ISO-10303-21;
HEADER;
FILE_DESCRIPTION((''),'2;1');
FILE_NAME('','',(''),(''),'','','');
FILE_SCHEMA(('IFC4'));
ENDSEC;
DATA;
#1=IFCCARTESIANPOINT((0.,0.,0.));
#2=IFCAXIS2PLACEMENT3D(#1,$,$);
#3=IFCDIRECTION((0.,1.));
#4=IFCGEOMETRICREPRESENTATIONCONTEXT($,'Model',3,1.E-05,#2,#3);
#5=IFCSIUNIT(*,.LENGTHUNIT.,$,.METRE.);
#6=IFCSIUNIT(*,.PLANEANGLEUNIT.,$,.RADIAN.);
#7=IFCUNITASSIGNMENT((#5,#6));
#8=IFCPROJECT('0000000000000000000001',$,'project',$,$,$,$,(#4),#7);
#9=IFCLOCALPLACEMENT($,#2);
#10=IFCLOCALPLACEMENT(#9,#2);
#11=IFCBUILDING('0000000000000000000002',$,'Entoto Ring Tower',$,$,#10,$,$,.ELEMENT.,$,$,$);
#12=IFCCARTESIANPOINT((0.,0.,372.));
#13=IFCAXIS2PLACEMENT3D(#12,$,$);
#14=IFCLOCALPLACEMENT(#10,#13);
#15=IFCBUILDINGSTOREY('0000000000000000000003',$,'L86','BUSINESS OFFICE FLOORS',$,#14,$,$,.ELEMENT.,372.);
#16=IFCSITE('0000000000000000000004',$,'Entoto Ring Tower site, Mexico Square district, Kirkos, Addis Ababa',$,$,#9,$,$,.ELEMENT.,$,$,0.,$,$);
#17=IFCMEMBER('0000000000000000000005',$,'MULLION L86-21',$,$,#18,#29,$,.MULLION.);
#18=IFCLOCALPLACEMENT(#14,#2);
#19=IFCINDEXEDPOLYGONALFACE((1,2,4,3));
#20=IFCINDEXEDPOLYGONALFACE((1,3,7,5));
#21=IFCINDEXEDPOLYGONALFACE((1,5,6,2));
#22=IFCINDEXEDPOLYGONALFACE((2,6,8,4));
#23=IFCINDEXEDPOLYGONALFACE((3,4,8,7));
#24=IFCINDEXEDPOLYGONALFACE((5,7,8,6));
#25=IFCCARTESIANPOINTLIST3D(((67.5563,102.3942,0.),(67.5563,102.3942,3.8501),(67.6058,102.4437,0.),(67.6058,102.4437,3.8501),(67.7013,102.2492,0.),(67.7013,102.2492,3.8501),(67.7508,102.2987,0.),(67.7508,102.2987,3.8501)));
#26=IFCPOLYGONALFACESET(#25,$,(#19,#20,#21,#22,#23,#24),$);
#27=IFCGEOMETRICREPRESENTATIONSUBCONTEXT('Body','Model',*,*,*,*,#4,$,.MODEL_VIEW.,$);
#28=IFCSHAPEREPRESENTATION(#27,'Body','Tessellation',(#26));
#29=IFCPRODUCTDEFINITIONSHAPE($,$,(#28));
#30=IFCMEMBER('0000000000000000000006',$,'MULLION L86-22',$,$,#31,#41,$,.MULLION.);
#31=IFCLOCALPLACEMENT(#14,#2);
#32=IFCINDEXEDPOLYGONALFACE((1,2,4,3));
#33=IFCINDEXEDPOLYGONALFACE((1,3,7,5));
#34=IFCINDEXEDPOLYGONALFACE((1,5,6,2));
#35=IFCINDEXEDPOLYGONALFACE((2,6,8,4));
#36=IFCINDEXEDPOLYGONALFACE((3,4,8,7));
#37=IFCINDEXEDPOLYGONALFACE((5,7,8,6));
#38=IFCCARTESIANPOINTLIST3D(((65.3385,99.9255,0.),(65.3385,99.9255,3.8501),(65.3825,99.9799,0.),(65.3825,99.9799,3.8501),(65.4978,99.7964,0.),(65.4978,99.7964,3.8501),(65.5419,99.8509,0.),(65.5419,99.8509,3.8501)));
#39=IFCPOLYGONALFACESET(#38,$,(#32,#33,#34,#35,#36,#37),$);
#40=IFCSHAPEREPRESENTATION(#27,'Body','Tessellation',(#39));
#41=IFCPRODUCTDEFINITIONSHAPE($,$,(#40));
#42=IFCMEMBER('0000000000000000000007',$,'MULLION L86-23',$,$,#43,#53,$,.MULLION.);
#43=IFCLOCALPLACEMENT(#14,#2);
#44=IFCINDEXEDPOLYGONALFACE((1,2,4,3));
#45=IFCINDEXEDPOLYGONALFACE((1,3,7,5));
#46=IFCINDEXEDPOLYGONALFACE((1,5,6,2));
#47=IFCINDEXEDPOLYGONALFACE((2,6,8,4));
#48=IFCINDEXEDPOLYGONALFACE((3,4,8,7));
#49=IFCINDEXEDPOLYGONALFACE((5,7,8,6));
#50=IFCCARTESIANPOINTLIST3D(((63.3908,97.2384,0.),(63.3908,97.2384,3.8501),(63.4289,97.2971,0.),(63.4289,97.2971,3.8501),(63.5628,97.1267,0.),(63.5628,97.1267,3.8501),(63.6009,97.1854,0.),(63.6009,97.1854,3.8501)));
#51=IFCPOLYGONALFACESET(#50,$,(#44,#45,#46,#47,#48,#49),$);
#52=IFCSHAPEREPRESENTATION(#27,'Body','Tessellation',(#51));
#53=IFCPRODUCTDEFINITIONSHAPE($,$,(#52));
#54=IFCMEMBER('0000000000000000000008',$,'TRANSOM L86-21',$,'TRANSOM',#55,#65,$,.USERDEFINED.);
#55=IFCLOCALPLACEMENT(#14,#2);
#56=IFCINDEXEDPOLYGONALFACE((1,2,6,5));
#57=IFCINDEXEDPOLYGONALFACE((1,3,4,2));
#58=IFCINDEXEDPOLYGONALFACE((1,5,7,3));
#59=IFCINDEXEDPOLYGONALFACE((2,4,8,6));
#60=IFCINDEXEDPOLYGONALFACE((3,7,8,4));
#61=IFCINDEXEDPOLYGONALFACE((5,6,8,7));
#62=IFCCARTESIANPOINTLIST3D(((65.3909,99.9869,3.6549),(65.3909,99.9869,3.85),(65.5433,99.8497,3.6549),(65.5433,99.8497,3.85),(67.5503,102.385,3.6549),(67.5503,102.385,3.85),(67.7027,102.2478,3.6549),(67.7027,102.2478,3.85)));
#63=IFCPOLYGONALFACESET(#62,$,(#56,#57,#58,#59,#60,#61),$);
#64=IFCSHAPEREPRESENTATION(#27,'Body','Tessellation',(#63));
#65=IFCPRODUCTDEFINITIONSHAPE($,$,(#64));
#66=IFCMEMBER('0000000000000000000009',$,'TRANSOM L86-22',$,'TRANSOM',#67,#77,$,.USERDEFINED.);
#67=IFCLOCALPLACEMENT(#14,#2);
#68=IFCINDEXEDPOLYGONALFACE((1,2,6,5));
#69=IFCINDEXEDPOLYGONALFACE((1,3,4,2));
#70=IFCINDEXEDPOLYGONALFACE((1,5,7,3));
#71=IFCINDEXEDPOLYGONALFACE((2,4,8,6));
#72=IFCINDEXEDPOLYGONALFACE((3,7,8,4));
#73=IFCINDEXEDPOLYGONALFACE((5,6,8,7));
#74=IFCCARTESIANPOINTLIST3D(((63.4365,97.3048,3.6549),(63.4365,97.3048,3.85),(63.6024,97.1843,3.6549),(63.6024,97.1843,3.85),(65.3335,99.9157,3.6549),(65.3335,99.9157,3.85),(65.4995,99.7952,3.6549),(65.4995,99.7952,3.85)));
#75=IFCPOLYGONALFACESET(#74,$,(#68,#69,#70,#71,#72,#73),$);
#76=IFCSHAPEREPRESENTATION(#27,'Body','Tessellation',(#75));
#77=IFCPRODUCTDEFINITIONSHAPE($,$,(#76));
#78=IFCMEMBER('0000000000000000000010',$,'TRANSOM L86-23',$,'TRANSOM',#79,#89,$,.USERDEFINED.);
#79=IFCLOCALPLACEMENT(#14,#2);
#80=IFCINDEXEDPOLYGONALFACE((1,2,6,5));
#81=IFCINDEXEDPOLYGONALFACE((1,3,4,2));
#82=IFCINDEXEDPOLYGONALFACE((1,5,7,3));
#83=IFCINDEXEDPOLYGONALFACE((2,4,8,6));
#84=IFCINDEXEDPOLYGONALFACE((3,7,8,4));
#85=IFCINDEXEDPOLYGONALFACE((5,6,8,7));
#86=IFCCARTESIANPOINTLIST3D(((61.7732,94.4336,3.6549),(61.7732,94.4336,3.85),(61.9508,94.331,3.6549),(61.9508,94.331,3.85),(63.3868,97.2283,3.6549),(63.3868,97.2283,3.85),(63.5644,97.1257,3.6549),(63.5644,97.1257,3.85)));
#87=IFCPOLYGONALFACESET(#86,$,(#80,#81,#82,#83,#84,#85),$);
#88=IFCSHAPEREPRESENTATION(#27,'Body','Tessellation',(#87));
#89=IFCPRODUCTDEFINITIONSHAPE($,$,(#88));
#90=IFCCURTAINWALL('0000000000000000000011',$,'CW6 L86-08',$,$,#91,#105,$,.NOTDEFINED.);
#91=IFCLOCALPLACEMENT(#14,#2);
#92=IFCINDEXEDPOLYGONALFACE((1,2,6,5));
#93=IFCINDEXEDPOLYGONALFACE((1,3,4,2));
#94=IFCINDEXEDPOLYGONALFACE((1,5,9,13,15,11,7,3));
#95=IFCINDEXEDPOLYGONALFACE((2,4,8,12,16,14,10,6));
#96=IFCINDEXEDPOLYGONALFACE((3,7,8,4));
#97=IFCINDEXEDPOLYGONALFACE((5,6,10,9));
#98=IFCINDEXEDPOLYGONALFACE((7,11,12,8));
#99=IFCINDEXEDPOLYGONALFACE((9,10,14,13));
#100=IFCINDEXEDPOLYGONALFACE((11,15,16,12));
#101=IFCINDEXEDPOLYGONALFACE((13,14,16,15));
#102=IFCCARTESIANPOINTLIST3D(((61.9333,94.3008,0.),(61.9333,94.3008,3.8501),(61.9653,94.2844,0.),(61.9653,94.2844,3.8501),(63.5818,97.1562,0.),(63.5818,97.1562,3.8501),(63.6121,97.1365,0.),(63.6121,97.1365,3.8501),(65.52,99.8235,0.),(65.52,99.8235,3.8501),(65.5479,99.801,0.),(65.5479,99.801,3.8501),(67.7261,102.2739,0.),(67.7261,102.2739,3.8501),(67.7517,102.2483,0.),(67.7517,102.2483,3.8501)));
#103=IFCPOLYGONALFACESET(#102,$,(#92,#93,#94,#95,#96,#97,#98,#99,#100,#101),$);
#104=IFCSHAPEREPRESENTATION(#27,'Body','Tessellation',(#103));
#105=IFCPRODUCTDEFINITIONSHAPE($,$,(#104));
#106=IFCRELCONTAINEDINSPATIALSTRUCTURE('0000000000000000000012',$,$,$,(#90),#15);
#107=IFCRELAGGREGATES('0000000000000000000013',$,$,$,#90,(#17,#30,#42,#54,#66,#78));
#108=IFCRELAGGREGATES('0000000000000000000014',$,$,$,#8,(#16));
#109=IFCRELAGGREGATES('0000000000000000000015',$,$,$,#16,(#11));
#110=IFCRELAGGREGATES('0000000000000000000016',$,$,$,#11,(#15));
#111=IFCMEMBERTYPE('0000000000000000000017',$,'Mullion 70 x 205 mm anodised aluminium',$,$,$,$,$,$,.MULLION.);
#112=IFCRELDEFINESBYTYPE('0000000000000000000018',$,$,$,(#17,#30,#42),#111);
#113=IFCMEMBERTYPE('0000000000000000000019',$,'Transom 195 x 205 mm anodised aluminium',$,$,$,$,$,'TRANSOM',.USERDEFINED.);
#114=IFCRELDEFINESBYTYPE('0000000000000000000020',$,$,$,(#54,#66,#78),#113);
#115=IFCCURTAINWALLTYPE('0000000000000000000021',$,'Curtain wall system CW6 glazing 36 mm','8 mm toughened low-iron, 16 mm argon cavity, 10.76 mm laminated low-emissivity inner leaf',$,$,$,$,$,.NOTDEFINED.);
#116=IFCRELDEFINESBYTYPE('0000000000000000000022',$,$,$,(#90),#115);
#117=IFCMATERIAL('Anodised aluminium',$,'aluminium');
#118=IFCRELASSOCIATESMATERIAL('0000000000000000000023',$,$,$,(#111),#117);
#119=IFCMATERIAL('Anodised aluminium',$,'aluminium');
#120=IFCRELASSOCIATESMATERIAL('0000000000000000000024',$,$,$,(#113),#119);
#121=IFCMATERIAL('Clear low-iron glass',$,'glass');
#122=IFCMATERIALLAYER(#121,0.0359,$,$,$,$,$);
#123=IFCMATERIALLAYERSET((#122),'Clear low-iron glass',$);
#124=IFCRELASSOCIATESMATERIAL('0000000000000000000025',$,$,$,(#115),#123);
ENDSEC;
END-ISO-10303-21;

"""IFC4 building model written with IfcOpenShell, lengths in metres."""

from ifc_helpers import new_model, si_unit, direction, frame, origin, origin_2d, place, context, subcontext, project, spatial, polyline, rectangle, outline, extrude, material, layer, layer_set, material_profile, profile_set, type_object, element, aggregate, save


model = new_model("IFC4")

# Units and contexts
model_context = context("Model", 3, precision=1e-05, world=origin(), true_north=direction((0.0, 1.0)))
body_context = subcontext(model_context, "Body", "Model", "MODEL_VIEW")
ifc_project = project(units=[si_unit("LENGTHUNIT", "METRE"), si_unit("PLANEANGLEUNIT", "RADIAN")], contexts=[model_context])

# Members
ifc_material_1 = material(Name="Anodised aluminium", Category="aluminium")
ifc_material_profile_1 = material_profile(ifc_material_1, rectangle(XDim=0.0701, YDim=0.2051, at=origin_2d()), Name="Mullion 70 x 205 mm anodised aluminium")
ifc_profile_set_1 = profile_set([ifc_material_profile_1], Name="Anodised aluminium")
member_type_1 = type_object("IfcMemberType", Name="Mullion 70 x 205 mm anodised aluminium", PredefinedType="MULLION", material=ifc_profile_set_1)
site_placement = place(None, origin())
building_placement = place(site_placement, origin())
storey_placement = place(building_placement, frame((0.0, 0.0, 372.0)))
member_1_placement = place(storey_placement, frame((67.6536, 102.3464, 0.0), z_axis=(0.0, 0.0, 1.0), x_axis=(-0.707107, -0.707107, 0.0)))
member_1 = element("IfcMember", 1, at=member_1_placement, type_object=member_type_1, Name="MULLION L86-21", PredefinedType="MULLION", context=body_context, shape_type="SweptSolid", body=[
    extrude(rectangle(XDim=0.0701, YDim=0.2051, at=origin_2d()), origin(), (0.0, 0.0, 1.0), 3.8501),
])
member_2_placement = place(storey_placement, frame((65.4402, 99.8882, 0.0), z_axis=(0.0, 0.0, 1.0), x_axis=(-0.62932, -0.777146, 0.0)))
member_2 = element("IfcMember", 2, at=member_2_placement, type_object=member_type_1, Name="MULLION L86-22", PredefinedType="MULLION", context=body_context, shape_type="SweptSolid", body=[
    extrude(rectangle(XDim=0.0701, YDim=0.2051, at=origin_2d()), origin(), (0.0, 0.0, 1.0), 3.8501),
])
member_3_placement = place(storey_placement, frame((63.4958, 97.2119, 0.0), z_axis=(0.0, 0.0, 1.0), x_axis=(-0.544639, -0.838671, 0.0)))
member_3 = element("IfcMember", 3, at=member_3_placement, type_object=member_type_1, Name="MULLION L86-23", PredefinedType="MULLION", context=body_context, shape_type="SweptSolid", body=[
    extrude(rectangle(XDim=0.0701, YDim=0.2051, at=origin_2d()), origin(), (0.0, 0.0, 1.0), 3.8501),
])
ifc_material_2 = material(Name="Anodised aluminium", Category="aluminium")
ifc_material_profile_2 = material_profile(ifc_material_2, rectangle(XDim=0.2051, YDim=0.1951, at=origin_2d()), Name="Transom 195 x 205 mm anodised aluminium")
ifc_profile_set_2 = profile_set([ifc_material_profile_2], Name="Anodised aluminium")
member_type_2 = type_object("IfcMemberType", Name="Transom 195 x 205 mm anodised aluminium", ElementType="TRANSOM", PredefinedType="USERDEFINED", material=ifc_profile_set_2)
member_4_placement = place(storey_placement, frame((67.6265, 102.3164, 3.7524), z_axis=(-0.669144, -0.743132, 0.0), x_axis=(0.743132, -0.669144, 0.0)))
member_4 = element("IfcMember", 4, at=member_4_placement, type_object=member_type_2, Name="TRANSOM L86-21", ObjectType="TRANSOM", PredefinedType="USERDEFINED", context=body_context, shape_type="SweptSolid", body=[
    extrude(rectangle(XDim=0.2051, YDim=0.1951, at=origin_2d()), origin(), (0.0, 0.0, 1.0), 3.2271),
])
member_5_placement = place(storey_placement, frame((65.4165, 99.8555, 3.7524), z_axis=(-0.587803, -0.809004, 0.0), x_axis=(0.809004, -0.587803, 0.0)))
member_5 = element("IfcMember", 5, at=member_5_placement, type_object=member_type_2, Name="TRANSOM L86-22", ObjectType="TRANSOM", PredefinedType="USERDEFINED", context=body_context, shape_type="SweptSolid", body=[
    extrude(rectangle(XDim=0.2051, YDim=0.1951, at=origin_2d()), origin(), (0.0, 0.0, 1.0), 3.2273),
])
member_6_placement = place(storey_placement, frame((63.4756, 97.177, 3.7524), z_axis=(-0.500004, -0.866023, 0.0), x_axis=(0.866023, -0.500004, 0.0)))
member_6 = element("IfcMember", 6, at=member_6_placement, type_object=member_type_2, Name="TRANSOM L86-23", ObjectType="TRANSOM", PredefinedType="USERDEFINED", context=body_context, shape_type="SweptSolid", body=[
    extrude(rectangle(XDim=0.2051, YDim=0.1951, at=origin_2d()), origin(), (0.0, 0.0, 1.0), 3.2271),
])

# Site, building, storey
site = spatial("IfcSite", under=ifc_project, at=site_placement, Name="Entoto Ring Tower site, Mexico Square district, Kirkos, Addis Ababa", CompositionType="ELEMENT", RefElevation=0.0)
building = spatial("IfcBuilding", under=site, at=building_placement, Name="Entoto Ring Tower", CompositionType="ELEMENT")
storey = spatial("IfcBuildingStorey", under=building, at=storey_placement, Name="L86", Description="BUSINESS OFFICE FLOORS", CompositionType="ELEMENT", Elevation=372.0)

# Curtain wall
ifc_material_3 = material(Name="Clear low-iron glass", Category="glass")
ifc_layer = layer(ifc_material_3, 0.0359)
ifc_layer_set = layer_set([ifc_layer], Name="Clear low-iron glass")
curtain_wall_type = type_object("IfcCurtainWallType", Name="Curtain wall system CW6 glazing 36 mm", Description="8 mm toughened low-iron, 16 mm argon cavity, 10.76 mm laminated low-emissivity inner leaf", PredefinedType="NOTDEFINED", material=ifc_layer_set)
curtain_wall_1_placement = place(storey_placement, origin())
curtain_wall_1 = element("IfcCurtainWall", 7, at=curtain_wall_1_placement, inside=storey, type_object=curtain_wall_type, Name="CW6 L86-08", PredefinedType="NOTDEFINED", context=body_context, shape_type="SweptSolid", body=[
    extrude(outline(polyline([(67.7261, 102.2739), (65.52, 99.8235), (63.5818, 97.1562), (61.9333, 94.3008), (61.9653, 94.2844), (63.6121, 97.1365), (65.5479, 99.801), (67.7517, 102.2483), (67.7261, 102.2739)])), origin(), (0.0, 0.0, 1.0), 3.8501),
])
aggregate(curtain_wall_1, [member_1, member_2, member_3, member_4, member_5, member_6])

save(model, "model.ifc")
